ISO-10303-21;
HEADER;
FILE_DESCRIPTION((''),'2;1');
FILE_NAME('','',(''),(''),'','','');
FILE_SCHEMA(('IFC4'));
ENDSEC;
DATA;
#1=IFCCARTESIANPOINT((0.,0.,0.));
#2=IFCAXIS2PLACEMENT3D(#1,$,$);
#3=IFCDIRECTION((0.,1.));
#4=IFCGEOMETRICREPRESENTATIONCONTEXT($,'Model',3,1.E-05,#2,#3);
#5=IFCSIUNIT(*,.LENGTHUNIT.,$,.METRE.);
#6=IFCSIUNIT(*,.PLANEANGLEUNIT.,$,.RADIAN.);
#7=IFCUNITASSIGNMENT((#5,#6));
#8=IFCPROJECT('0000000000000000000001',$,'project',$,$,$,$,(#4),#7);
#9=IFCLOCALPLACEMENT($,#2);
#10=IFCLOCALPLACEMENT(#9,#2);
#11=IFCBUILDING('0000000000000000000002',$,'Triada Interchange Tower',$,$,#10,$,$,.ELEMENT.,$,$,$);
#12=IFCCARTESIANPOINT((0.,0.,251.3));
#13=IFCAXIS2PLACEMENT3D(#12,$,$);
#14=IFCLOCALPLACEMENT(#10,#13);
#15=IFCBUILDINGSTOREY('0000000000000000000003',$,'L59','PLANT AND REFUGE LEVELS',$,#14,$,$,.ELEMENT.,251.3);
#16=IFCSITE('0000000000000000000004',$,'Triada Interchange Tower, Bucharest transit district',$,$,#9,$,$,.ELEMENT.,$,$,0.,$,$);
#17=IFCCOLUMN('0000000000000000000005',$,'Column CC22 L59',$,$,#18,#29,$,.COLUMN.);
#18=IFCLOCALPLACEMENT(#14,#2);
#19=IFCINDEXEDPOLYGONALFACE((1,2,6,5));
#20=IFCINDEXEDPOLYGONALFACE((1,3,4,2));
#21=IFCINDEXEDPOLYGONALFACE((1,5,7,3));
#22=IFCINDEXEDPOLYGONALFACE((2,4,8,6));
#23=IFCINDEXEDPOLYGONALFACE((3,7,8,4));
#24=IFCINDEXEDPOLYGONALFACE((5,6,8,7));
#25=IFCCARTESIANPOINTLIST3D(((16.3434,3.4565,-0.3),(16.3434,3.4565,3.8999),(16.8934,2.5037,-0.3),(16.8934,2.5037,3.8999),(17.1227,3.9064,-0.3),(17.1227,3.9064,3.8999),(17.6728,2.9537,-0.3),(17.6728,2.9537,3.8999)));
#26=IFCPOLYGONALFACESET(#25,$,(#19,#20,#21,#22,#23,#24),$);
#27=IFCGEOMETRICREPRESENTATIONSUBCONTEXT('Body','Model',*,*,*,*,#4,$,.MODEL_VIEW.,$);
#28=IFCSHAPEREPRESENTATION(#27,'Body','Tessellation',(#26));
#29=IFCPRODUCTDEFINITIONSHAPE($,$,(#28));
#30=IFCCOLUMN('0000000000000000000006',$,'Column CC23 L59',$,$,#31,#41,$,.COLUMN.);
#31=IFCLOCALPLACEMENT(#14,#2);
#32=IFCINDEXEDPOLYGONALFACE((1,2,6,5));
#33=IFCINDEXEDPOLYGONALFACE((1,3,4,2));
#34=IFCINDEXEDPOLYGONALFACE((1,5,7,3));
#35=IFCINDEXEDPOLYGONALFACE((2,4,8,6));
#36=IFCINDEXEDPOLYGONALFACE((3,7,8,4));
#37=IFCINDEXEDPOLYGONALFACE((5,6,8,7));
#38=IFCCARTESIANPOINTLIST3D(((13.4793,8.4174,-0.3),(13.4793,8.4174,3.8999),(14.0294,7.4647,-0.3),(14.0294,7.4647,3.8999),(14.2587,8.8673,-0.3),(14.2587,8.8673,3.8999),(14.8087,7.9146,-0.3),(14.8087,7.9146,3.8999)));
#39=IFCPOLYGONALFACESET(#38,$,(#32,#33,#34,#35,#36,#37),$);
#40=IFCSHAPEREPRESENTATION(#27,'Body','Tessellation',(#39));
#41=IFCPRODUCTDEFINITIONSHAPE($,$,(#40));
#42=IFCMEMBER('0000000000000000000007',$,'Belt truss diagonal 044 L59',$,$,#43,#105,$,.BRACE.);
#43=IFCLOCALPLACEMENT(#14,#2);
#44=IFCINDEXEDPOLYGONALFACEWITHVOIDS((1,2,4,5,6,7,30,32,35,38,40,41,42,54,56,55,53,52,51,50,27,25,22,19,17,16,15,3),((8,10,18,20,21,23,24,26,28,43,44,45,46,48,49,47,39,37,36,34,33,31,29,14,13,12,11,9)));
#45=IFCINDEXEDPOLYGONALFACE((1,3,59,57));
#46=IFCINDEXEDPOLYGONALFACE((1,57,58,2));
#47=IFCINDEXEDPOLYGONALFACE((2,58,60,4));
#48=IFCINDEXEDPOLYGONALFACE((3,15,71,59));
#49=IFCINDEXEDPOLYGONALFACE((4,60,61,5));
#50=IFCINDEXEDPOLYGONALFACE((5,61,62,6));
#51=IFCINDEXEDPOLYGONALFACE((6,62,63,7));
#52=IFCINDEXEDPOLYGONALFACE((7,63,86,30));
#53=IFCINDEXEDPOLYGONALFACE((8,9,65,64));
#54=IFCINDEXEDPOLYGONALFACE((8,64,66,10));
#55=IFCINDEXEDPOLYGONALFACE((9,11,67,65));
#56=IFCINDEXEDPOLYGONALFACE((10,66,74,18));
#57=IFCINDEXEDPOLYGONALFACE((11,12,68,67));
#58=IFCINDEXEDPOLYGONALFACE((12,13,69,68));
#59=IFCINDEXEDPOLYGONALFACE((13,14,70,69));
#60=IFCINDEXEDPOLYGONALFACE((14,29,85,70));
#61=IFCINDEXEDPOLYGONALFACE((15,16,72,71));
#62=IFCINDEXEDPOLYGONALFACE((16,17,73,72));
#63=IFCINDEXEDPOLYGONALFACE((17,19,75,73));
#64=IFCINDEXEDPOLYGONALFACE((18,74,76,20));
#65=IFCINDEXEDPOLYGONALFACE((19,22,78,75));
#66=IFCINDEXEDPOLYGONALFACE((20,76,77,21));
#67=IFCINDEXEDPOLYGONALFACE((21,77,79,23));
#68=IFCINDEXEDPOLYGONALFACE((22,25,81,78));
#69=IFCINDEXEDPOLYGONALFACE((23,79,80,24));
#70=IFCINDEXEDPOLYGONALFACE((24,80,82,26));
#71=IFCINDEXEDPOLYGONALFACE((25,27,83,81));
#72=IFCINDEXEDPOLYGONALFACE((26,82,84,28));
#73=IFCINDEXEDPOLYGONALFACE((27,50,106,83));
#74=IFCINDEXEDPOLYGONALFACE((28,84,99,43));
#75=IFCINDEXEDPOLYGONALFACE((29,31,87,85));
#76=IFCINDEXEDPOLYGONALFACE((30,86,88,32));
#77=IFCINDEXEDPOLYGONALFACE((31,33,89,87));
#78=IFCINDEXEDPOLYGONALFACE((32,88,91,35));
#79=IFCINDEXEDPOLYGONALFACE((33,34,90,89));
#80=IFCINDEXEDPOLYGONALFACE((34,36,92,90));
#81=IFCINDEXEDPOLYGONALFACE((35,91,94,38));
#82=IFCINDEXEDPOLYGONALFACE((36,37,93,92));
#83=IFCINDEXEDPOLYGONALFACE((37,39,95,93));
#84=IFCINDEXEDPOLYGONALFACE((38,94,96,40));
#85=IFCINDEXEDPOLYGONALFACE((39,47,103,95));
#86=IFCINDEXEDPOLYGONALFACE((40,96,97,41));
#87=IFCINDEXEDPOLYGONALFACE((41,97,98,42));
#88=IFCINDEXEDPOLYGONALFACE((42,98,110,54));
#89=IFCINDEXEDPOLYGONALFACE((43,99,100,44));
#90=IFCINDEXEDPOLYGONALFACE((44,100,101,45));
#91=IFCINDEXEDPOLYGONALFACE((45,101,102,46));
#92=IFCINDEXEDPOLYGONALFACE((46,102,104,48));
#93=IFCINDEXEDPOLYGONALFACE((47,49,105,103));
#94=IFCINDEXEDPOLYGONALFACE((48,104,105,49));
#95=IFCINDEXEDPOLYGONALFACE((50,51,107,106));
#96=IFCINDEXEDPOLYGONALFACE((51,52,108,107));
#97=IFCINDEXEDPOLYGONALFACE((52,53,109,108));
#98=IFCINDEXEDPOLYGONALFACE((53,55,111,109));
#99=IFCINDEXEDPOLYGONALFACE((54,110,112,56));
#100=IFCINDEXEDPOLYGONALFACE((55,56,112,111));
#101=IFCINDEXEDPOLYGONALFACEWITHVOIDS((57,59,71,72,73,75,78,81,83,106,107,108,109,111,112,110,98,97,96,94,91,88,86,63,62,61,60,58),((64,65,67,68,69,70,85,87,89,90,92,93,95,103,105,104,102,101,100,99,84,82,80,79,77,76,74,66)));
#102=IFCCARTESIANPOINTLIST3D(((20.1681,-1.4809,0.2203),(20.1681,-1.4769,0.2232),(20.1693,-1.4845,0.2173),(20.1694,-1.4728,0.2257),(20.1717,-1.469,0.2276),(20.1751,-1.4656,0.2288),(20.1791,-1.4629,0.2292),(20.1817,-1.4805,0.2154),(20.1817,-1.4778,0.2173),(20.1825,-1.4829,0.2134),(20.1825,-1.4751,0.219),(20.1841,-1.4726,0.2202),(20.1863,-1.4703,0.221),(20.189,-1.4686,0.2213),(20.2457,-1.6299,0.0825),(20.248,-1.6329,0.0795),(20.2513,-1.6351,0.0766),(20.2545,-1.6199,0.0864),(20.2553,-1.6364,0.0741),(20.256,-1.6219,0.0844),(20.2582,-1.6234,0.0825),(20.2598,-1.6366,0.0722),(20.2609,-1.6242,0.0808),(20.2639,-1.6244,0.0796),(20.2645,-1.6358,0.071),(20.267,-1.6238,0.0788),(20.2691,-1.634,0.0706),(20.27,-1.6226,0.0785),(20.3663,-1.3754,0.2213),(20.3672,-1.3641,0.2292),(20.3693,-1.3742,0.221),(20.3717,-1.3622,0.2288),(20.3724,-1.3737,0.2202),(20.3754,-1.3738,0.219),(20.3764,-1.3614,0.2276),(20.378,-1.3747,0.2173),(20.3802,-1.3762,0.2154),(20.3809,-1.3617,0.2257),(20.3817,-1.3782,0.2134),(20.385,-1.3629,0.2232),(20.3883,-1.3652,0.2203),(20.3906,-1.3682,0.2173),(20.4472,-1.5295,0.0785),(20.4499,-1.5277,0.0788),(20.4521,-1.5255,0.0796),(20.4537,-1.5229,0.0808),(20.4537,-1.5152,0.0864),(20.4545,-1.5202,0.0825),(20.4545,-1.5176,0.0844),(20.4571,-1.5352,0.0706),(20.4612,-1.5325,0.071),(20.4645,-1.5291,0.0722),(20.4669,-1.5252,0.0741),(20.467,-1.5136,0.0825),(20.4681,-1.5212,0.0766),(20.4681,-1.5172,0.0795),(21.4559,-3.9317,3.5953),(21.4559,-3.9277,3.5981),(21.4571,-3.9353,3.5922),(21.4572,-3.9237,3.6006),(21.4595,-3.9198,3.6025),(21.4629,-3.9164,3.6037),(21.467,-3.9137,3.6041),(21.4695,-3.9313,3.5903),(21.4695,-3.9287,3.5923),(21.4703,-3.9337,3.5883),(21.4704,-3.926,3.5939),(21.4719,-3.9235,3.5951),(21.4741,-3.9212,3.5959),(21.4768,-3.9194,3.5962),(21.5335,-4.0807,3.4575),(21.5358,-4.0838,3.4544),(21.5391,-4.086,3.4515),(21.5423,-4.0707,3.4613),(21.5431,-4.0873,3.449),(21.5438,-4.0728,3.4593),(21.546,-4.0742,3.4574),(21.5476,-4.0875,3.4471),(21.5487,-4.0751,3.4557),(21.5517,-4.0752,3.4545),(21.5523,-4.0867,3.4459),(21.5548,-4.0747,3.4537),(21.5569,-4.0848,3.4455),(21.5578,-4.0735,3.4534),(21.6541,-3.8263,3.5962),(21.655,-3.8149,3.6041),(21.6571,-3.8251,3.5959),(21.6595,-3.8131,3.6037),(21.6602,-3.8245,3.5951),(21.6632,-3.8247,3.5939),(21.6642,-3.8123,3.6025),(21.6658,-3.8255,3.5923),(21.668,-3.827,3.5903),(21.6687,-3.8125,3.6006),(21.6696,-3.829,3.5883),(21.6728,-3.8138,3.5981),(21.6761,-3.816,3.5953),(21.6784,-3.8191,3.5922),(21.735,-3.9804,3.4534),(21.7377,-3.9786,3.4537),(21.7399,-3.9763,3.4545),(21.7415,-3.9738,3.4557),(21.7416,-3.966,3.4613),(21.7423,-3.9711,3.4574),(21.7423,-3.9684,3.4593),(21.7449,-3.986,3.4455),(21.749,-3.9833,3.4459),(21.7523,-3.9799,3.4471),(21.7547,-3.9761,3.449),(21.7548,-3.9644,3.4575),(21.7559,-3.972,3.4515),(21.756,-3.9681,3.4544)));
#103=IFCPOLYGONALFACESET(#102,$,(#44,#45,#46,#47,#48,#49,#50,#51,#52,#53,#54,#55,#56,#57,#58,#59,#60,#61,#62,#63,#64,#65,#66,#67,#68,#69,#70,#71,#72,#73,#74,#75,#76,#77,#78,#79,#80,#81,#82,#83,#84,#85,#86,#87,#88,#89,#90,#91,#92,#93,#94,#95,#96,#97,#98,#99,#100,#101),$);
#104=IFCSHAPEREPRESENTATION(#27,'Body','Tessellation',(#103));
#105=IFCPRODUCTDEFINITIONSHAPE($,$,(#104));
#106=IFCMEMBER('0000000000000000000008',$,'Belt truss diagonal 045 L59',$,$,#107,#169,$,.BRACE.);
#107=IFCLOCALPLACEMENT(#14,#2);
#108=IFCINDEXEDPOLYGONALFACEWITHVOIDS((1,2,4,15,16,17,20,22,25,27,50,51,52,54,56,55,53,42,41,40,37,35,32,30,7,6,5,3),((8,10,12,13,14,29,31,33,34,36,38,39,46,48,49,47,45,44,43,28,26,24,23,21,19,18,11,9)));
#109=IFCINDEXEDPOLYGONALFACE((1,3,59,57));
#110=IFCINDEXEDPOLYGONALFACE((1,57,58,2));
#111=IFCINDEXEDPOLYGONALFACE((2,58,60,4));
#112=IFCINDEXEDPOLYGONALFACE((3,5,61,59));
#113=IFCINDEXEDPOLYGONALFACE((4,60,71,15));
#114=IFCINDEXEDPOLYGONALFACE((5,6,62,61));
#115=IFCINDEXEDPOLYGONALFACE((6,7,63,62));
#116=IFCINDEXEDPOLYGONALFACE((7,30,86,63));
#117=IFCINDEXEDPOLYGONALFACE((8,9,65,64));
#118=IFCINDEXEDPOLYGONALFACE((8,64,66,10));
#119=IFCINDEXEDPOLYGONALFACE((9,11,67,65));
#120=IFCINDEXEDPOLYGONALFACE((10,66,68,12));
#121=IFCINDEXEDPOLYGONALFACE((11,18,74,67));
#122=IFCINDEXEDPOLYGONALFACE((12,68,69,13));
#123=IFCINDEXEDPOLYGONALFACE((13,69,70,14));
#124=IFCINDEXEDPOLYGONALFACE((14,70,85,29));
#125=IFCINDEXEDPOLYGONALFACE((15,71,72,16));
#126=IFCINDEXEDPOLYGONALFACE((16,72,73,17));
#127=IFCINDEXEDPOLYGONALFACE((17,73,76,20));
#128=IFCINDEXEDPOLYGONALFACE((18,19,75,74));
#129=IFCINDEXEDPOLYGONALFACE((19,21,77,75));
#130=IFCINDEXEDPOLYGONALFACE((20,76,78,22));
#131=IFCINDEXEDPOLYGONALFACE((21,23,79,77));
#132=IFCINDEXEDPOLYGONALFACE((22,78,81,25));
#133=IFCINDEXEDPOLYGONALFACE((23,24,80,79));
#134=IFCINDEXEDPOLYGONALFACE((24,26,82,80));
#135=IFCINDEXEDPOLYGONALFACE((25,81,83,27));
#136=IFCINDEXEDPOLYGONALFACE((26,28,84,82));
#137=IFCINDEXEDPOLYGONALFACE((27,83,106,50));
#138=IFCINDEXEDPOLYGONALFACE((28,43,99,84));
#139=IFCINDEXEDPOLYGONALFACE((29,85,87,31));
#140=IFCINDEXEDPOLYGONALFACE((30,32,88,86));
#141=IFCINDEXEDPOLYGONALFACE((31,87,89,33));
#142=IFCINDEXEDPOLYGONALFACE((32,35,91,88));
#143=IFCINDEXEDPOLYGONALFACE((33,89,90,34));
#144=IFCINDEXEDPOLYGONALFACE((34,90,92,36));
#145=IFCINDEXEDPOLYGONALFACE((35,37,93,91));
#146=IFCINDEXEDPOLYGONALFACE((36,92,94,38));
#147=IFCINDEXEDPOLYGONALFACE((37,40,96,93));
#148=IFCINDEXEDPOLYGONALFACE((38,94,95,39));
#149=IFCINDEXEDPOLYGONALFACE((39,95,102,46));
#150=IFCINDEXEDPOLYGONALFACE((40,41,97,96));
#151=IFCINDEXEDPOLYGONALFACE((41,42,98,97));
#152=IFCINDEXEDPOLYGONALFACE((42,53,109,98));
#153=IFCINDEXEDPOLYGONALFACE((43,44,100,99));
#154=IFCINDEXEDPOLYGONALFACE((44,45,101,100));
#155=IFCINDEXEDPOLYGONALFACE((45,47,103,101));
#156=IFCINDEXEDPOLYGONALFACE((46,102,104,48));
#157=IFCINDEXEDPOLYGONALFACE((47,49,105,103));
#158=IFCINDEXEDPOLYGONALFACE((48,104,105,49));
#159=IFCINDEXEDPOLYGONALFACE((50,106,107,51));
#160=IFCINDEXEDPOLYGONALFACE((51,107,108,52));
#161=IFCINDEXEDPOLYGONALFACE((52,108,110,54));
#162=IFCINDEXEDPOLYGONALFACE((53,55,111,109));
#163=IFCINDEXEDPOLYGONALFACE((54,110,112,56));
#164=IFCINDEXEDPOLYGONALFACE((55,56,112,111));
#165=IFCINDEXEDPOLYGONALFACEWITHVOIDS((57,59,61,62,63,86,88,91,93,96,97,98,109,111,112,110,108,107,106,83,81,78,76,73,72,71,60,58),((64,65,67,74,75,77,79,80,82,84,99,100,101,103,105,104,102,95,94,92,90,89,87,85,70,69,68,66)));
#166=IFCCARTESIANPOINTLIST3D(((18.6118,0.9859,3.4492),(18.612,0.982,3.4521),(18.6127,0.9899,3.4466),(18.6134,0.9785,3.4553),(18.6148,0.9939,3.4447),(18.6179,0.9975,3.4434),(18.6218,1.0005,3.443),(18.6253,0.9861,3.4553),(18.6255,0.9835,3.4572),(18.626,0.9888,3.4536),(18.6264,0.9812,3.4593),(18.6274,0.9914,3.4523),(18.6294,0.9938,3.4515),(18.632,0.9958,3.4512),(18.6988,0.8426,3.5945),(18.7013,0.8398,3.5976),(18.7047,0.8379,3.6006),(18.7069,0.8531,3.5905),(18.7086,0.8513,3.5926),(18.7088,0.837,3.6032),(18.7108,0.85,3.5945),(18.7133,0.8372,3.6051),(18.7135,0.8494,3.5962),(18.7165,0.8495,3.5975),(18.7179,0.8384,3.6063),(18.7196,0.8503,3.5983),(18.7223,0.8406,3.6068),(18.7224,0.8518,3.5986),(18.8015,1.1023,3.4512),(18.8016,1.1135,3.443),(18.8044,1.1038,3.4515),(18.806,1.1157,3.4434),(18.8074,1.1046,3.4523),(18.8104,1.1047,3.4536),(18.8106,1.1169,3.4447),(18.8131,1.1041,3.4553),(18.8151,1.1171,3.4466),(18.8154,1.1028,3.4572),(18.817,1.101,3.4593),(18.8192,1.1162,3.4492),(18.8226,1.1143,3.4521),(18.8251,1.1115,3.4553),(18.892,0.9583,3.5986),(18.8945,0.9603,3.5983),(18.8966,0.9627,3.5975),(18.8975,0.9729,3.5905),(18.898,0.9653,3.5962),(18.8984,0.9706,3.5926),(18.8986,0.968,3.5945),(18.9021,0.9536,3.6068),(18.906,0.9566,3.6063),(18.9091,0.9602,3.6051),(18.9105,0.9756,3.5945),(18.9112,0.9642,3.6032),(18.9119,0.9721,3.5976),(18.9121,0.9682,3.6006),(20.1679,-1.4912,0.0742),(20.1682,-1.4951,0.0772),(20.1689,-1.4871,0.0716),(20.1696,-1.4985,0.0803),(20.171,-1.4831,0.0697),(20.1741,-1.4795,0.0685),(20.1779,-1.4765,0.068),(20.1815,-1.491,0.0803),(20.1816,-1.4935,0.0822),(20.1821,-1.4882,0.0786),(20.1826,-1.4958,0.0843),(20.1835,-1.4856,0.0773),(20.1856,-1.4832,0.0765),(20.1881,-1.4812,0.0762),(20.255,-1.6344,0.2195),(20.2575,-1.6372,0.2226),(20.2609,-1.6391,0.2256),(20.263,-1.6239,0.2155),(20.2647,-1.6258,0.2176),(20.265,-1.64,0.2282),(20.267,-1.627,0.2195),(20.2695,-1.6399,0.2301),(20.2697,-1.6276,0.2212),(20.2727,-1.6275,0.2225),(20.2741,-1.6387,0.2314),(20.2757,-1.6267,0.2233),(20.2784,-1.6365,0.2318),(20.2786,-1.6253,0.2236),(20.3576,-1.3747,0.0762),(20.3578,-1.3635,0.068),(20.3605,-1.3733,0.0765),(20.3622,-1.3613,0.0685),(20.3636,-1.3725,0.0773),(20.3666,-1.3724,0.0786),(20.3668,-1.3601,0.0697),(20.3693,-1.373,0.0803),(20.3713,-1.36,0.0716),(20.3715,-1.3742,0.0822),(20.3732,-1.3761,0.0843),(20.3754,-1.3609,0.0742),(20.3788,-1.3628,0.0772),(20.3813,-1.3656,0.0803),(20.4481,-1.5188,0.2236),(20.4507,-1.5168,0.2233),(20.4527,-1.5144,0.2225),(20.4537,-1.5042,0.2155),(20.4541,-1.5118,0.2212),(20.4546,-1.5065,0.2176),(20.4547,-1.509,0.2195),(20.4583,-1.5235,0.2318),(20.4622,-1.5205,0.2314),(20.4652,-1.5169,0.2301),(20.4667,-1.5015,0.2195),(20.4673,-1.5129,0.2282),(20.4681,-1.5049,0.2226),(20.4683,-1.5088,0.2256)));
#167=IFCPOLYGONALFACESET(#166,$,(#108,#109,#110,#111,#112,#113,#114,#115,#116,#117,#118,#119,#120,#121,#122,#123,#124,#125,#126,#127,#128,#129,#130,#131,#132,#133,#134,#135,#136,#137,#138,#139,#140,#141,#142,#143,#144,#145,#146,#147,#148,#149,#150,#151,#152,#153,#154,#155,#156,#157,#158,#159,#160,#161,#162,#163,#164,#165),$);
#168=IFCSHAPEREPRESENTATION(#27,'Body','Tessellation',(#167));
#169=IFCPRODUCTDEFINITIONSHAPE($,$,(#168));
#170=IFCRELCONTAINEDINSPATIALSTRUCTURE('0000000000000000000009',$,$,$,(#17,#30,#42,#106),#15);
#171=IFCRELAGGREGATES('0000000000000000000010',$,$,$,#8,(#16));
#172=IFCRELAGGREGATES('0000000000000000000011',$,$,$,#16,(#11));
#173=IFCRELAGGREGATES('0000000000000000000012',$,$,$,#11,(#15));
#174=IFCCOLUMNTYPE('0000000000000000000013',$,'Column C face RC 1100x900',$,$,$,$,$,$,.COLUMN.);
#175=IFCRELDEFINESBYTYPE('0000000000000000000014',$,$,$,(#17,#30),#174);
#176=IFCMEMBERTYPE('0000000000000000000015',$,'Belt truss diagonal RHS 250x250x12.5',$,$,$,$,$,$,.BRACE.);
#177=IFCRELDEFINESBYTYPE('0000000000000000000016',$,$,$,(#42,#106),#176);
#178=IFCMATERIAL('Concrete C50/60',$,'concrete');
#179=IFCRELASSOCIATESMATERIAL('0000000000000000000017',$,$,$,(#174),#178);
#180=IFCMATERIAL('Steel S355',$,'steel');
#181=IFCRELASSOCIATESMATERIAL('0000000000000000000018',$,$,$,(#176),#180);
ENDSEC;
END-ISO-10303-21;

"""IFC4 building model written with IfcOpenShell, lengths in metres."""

from ifc_helpers import new_model, si_unit, direction, frame, origin, origin_2d, place, context, subcontext, project, spatial, rectangle, hollow_rectangle, extrude, material, material_profile, profile_set, type_object, element, save


model = new_model("IFC4")

# Units and contexts
model_context = context("Model", 3, precision=1e-05, world=origin(), true_north=direction((0.0, 1.0)))
body_context = subcontext(model_context, "Body", "Model", "MODEL_VIEW")
ifc_project = project(units=[si_unit("LENGTHUNIT", "METRE"), si_unit("PLANEANGLEUNIT", "RADIAN")], contexts=[model_context])

# Site, building, storey
site_placement = place(None, origin())
site = spatial("IfcSite", under=ifc_project, at=site_placement, Name="Triada Interchange Tower, Bucharest transit district", CompositionType="ELEMENT", RefElevation=0.0)
building_placement = place(site_placement, origin())
building = spatial("IfcBuilding", under=site, at=building_placement, Name="Triada Interchange Tower", CompositionType="ELEMENT")
storey_placement = place(building_placement, frame((0.0, 0.0, 251.3)))
storey = spatial("IfcBuildingStorey", under=building, at=storey_placement, Name="L59", Description="PLANT AND REFUGE LEVELS", CompositionType="ELEMENT", Elevation=251.3)

# Columns
ifc_material_1 = material(Name="Concrete C50/60", Category="concrete")
ifc_material_profile_1 = material_profile(ifc_material_1, rectangle(XDim=1.1001, YDim=0.8999, at=origin_2d()), Name="RC 1100x900")
ifc_profile_set_1 = profile_set([ifc_material_profile_1], Name="Concrete C50/60")
column_type = type_object("IfcColumnType", Name="Column C face RC 1100x900", PredefinedType="COLUMN", material=ifc_profile_set_1)
for number, where, z_axis, x_axis, name in (
    (1, (17.0081, 3.2051, -0.3), (0.0, 0.0, 1.0), (-0.5, 0.866025, 0.0), "Column CC22 L59"),
    (2, (14.144, 8.166, -0.3), (0.0, 0.0, 1.0), (-0.5, 0.866025, 0.0), "Column CC23 L59"),
):
    element("IfcColumn", number, at=place(storey_placement, frame(where, z_axis=z_axis, x_axis=x_axis)), inside=storey, type_object=column_type, Name=name, PredefinedType="COLUMN", context=body_context, shape_type="SweptSolid", body=[
        extrude(rectangle(XDim=1.1001, YDim=0.8999, at=origin_2d()), origin(), (0.0, 0.0, 1.0), 4.2),
    ])

# Members
ifc_material_2 = material(Name="Steel S355", Category="steel")
ifc_material_profile_2 = material_profile(ifc_material_2, hollow_rectangle(XDim=0.25, YDim=0.25, WallThickness=0.0125, InnerFilletRadius=0.0125, OuterFilletRadius=0.0188, at=origin_2d()), Name="RHS 250x250x12.5")
ifc_profile_set_2 = profile_set([ifc_material_profile_2], Name="Steel S355")
member_type = type_object("IfcMemberType", Name="Belt truss diagonal RHS 250x250x12.5", PredefinedType="BRACE", material=ifc_profile_set_2)
member_1_placement = place(storey_placement, frame((20.3181, -1.499, 0.1499), z_axis=(0.295015, -0.561452, 0.773135), x_axis=(0.885234, 0.465147, 0.0)))
element("IfcMember", 3, at=member_1_placement, inside=storey, type_object=member_type, Name="Belt truss diagonal 044 L59", PredefinedType="BRACE", context=body_context, shape_type="SweptSolid", body=[
    extrude(hollow_rectangle(XDim=0.25, YDim=0.25, WallThickness=0.0125, InnerFilletRadius=0.0125, OuterFilletRadius=0.0188, at=origin_2d()), origin(), (0.0, 0.0, 1.0), 4.3652),
])
member_2_placement = place(storey_placement, frame((20.3181, -1.5, 0.1499), z_axis=(-0.348419, 0.554607, 0.755656), x_axis=(-0.846768, -0.531963, 0.0)))
element("IfcMember", 4, at=member_2_placement, inside=storey, type_object=member_type, Name="Belt truss diagonal 045 L59", PredefinedType="BRACE", context=body_context, shape_type="SweptSolid", body=[
    extrude(hollow_rectangle(XDim=0.25, YDim=0.25, WallThickness=0.0125, InnerFilletRadius=0.0125, OuterFilletRadius=0.0188, at=origin_2d()), origin(), (0.0, 0.0, 1.0), 4.4663),
])

save(model, "model.ifc")
